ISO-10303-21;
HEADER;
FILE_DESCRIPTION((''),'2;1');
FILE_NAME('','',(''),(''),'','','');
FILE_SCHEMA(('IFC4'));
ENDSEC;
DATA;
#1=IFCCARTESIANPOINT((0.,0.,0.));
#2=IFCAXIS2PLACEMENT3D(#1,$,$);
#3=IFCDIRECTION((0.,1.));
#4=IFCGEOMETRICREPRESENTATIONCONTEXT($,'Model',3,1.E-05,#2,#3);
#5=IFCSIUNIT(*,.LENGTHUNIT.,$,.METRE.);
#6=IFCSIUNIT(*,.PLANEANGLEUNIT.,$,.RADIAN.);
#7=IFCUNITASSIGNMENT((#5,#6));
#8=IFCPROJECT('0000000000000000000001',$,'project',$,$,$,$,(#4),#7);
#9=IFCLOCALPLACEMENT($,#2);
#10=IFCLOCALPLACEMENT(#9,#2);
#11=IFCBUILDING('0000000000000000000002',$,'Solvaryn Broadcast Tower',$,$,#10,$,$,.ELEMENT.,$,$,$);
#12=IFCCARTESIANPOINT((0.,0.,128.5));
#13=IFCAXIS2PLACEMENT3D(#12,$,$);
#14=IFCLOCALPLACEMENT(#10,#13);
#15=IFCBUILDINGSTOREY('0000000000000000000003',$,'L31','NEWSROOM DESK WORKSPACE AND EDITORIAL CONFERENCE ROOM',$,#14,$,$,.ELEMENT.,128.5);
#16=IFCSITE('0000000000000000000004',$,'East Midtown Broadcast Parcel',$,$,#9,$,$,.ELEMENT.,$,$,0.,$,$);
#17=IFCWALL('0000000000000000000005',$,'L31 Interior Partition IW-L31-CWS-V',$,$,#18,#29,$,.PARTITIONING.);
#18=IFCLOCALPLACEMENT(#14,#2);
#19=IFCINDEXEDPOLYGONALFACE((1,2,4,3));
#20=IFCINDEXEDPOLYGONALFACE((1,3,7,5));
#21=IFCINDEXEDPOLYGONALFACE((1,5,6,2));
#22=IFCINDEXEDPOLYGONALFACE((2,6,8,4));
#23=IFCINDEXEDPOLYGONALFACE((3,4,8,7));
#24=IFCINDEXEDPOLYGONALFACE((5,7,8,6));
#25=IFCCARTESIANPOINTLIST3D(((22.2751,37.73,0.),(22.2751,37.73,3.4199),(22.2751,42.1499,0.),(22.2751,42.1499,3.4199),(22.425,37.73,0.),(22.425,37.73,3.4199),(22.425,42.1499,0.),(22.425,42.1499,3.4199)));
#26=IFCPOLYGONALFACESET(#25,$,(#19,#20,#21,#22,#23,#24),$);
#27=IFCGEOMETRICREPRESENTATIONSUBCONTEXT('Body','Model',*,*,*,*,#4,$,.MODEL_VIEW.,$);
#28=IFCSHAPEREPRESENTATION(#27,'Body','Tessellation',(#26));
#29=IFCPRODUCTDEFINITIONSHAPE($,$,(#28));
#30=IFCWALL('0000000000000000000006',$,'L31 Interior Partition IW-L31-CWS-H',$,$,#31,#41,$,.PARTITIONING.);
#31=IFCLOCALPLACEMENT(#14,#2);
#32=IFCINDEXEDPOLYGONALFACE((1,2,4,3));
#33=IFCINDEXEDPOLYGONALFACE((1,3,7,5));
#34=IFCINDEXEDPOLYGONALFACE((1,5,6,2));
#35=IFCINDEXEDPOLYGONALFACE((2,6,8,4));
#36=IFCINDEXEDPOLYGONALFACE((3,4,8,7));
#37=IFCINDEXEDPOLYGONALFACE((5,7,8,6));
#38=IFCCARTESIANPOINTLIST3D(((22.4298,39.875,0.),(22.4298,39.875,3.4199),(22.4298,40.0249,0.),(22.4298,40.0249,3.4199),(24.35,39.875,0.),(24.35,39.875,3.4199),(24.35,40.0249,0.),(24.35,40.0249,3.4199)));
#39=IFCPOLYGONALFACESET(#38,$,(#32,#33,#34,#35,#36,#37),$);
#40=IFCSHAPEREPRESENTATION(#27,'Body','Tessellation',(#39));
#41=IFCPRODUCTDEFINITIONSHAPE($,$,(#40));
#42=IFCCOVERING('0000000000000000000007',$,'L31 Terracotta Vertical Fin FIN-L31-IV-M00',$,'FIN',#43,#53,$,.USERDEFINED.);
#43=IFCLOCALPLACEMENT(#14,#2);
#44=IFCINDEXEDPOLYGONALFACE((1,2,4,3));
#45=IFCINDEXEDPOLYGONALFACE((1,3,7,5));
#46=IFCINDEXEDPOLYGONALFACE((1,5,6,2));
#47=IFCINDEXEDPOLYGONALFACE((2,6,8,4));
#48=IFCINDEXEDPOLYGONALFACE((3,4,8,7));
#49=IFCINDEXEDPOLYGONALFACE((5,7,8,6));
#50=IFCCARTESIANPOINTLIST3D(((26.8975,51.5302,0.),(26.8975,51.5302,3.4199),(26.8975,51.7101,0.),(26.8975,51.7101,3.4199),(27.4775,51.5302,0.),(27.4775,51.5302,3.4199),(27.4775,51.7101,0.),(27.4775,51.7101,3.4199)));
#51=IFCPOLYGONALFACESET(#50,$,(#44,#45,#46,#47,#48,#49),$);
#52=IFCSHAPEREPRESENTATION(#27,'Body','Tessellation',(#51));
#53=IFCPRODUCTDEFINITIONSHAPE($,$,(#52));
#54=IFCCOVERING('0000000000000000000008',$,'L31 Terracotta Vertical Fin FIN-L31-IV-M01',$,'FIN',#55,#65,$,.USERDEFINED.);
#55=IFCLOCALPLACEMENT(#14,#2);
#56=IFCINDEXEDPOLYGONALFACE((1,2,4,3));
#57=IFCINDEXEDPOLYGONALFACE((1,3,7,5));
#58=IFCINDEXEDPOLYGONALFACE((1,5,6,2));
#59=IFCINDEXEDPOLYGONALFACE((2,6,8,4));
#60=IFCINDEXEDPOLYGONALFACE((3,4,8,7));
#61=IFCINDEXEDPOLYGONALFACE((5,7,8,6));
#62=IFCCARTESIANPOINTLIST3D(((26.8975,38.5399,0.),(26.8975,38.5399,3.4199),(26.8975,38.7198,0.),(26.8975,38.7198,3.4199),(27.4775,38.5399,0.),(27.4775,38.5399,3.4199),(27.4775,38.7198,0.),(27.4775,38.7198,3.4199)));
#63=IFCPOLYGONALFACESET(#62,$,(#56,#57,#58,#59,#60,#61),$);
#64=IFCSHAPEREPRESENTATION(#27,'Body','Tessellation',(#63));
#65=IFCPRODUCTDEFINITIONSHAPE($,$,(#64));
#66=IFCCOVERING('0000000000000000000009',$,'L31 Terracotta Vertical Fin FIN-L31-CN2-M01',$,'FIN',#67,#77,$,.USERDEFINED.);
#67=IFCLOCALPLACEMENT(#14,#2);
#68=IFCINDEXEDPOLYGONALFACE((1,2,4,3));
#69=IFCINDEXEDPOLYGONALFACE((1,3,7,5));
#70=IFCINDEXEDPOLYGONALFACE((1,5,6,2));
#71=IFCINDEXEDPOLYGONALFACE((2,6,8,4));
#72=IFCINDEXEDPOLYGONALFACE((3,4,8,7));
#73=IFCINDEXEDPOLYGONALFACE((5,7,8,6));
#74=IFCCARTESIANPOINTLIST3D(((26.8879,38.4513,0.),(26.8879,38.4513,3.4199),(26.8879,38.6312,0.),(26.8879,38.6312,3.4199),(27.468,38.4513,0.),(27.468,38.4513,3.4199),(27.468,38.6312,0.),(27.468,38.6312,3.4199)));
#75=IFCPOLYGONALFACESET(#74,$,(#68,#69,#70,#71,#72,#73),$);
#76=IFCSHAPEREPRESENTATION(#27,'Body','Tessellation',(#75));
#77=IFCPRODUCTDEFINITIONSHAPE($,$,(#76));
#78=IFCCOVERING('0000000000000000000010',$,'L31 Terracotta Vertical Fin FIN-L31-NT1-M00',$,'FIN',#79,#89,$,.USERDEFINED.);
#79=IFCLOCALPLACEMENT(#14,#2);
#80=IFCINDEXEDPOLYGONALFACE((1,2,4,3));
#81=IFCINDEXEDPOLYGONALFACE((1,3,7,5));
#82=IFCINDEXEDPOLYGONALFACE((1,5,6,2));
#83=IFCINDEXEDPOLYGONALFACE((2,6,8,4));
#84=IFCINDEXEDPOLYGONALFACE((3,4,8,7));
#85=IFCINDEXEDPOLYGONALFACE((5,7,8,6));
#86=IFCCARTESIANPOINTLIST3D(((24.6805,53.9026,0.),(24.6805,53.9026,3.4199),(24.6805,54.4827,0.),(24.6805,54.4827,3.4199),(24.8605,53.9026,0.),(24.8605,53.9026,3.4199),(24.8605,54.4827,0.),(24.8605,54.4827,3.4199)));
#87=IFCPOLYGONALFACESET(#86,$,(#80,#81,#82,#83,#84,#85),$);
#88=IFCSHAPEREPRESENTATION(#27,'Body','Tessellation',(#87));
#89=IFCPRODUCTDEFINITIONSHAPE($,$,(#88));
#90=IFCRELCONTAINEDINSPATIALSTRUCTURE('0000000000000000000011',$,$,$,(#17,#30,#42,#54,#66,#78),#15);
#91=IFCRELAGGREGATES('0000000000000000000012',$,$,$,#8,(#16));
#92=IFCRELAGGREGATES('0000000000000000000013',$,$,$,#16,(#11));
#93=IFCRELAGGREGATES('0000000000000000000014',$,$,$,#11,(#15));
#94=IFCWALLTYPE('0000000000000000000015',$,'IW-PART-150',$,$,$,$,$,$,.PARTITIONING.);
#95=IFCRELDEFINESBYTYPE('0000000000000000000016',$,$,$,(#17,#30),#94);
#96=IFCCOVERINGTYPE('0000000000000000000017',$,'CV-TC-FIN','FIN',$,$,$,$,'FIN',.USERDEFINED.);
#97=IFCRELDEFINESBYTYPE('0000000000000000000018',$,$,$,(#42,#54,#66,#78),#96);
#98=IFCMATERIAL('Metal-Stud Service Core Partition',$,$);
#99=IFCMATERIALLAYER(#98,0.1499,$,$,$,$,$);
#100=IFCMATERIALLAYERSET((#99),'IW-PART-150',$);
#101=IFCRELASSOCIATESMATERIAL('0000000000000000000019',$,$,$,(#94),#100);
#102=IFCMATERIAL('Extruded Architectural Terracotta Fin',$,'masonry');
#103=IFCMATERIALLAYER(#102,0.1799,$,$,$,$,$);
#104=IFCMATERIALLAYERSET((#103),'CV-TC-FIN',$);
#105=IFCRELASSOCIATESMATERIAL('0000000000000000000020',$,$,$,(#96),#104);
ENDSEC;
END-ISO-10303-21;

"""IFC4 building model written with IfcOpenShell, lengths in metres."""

from ifc_helpers import new_model, si_unit, direction, frame, frame_2d, origin, origin_2d, place, context, subcontext, project, spatial, rectangle, extrude, material, layer, layer_set, type_object, element, save


model = new_model("IFC4")

# Units and contexts
model_context = context("Model", 3, precision=1e-05, world=origin(), true_north=direction((0.0, 1.0)))
body_context = subcontext(model_context, "Body", "Model", "MODEL_VIEW")
ifc_project = project(units=[si_unit("LENGTHUNIT", "METRE"), si_unit("PLANEANGLEUNIT", "RADIAN")], contexts=[model_context])

# Site, building, storey
site_placement = place(None, origin())
site = spatial("IfcSite", under=ifc_project, at=site_placement, Name="East Midtown Broadcast Parcel", CompositionType="ELEMENT", RefElevation=0.0)
building_placement = place(site_placement, origin())
building = spatial("IfcBuilding", under=site, at=building_placement, Name="Solvaryn Broadcast Tower", CompositionType="ELEMENT")
storey_placement = place(building_placement, frame((0.0, 0.0, 128.5)))
storey = spatial("IfcBuildingStorey", under=building, at=storey_placement, Name="L31", Description="NEWSROOM DESK WORKSPACE AND EDITORIAL CONFERENCE ROOM", CompositionType="ELEMENT", Elevation=128.5)

# Walls
ifc_material_1 = material(Name="Metal-Stud Service Core Partition")
ifc_layer_1 = layer(ifc_material_1, 0.1499)
ifc_layer_set_1 = layer_set([ifc_layer_1], Name="IW-PART-150")
wall_type_1 = type_object("IfcWallType", Name="IW-PART-150", PredefinedType="PARTITIONING", material=ifc_layer_set_1)
wall_1_placement = place(storey_placement, frame((22.3501, 37.73, 0.0), z_axis=(0.0, 0.0, 1.0), x_axis=(0.0, 1.0, 0.0)))
element("IfcWall", 1, at=wall_1_placement, inside=storey, type_object=wall_type_1, Name="L31 Interior Partition IW-L31-CWS-V", PredefinedType="PARTITIONING", context=body_context, shape_type="SweptSolid", body=[
    extrude(rectangle(XDim=4.4199, YDim=0.1499, at=frame_2d((2.21, 0.0))), origin(), (0.0, 0.0, 1.0), 3.4199),
])
wall_2_placement = place(storey_placement, frame((22.4299, 39.95, 0.0), z_axis=(0.0, 0.0, 1.0), x_axis=(1.0, 0.0, 0.0)))
element("IfcWall", 2, at=wall_2_placement, inside=storey, type_object=wall_type_1, Name="L31 Interior Partition IW-L31-CWS-H", PredefinedType="PARTITIONING", context=body_context, shape_type="SweptSolid", body=[
    extrude(rectangle(XDim=1.9202, YDim=0.1499, at=frame_2d((0.96, 0.0))), origin(), (0.0, 0.0, 1.0), 3.4199),
])

# Coverings
ifc_material_2 = material(Name="Extruded Architectural Terracotta Fin", Category="masonry")
ifc_layer_2 = layer(ifc_material_2, 0.1799)
ifc_layer_set_2 = layer_set([ifc_layer_2], Name="CV-TC-FIN")
covering_type = type_object("IfcCoveringType", Name="CV-TC-FIN", Description="FIN", ElementType="FIN", PredefinedType="USERDEFINED", material=ifc_layer_set_2)
for number, where, z_axis, x_axis, name in (
    (3, (27.1875, 51.6201, 0.0), (0.0, 0.0, 1.0), (1.0, 0.0, 0.0), "L31 Terracotta Vertical Fin FIN-L31-IV-M00"),
    (4, (27.1875, 38.6299, 0.0), (0.0, 0.0, 1.0), (1.0, 0.0, 0.0), "L31 Terracotta Vertical Fin FIN-L31-IV-M01"),
    (5, (27.178, 38.5413, 0.0), (0.0, 0.0, 1.0), (1.0, 0.0, 0.0), "L31 Terracotta Vertical Fin FIN-L31-CN2-M01"),
):
    element("IfcCovering", number, at=place(storey_placement, frame(where, z_axis=z_axis, x_axis=x_axis)), inside=storey, type_object=covering_type, Name=name, ObjectType="FIN", PredefinedType="USERDEFINED", context=body_context, shape_type="SweptSolid", body=[
        extrude(rectangle(XDim=0.5801, YDim=0.1799, at=origin_2d()), origin(), (0.0, 0.0, 1.0), 3.4199),
    ])
covering_placement = place(storey_placement, frame((24.7705, 54.1926, 0.0), z_axis=(0.0, 0.0, 1.0), x_axis=(1.0, 0.0, 0.0)))
element("IfcCovering", 6, at=covering_placement, inside=storey, type_object=covering_type, Name="L31 Terracotta Vertical Fin FIN-L31-NT1-M00", ObjectType="FIN", PredefinedType="USERDEFINED", context=body_context, shape_type="SweptSolid", body=[
    extrude(rectangle(XDim=0.1799, YDim=0.5801, at=origin_2d()), origin(), (0.0, 0.0, 1.0), 3.4199),
])

save(model, "model.ifc")
